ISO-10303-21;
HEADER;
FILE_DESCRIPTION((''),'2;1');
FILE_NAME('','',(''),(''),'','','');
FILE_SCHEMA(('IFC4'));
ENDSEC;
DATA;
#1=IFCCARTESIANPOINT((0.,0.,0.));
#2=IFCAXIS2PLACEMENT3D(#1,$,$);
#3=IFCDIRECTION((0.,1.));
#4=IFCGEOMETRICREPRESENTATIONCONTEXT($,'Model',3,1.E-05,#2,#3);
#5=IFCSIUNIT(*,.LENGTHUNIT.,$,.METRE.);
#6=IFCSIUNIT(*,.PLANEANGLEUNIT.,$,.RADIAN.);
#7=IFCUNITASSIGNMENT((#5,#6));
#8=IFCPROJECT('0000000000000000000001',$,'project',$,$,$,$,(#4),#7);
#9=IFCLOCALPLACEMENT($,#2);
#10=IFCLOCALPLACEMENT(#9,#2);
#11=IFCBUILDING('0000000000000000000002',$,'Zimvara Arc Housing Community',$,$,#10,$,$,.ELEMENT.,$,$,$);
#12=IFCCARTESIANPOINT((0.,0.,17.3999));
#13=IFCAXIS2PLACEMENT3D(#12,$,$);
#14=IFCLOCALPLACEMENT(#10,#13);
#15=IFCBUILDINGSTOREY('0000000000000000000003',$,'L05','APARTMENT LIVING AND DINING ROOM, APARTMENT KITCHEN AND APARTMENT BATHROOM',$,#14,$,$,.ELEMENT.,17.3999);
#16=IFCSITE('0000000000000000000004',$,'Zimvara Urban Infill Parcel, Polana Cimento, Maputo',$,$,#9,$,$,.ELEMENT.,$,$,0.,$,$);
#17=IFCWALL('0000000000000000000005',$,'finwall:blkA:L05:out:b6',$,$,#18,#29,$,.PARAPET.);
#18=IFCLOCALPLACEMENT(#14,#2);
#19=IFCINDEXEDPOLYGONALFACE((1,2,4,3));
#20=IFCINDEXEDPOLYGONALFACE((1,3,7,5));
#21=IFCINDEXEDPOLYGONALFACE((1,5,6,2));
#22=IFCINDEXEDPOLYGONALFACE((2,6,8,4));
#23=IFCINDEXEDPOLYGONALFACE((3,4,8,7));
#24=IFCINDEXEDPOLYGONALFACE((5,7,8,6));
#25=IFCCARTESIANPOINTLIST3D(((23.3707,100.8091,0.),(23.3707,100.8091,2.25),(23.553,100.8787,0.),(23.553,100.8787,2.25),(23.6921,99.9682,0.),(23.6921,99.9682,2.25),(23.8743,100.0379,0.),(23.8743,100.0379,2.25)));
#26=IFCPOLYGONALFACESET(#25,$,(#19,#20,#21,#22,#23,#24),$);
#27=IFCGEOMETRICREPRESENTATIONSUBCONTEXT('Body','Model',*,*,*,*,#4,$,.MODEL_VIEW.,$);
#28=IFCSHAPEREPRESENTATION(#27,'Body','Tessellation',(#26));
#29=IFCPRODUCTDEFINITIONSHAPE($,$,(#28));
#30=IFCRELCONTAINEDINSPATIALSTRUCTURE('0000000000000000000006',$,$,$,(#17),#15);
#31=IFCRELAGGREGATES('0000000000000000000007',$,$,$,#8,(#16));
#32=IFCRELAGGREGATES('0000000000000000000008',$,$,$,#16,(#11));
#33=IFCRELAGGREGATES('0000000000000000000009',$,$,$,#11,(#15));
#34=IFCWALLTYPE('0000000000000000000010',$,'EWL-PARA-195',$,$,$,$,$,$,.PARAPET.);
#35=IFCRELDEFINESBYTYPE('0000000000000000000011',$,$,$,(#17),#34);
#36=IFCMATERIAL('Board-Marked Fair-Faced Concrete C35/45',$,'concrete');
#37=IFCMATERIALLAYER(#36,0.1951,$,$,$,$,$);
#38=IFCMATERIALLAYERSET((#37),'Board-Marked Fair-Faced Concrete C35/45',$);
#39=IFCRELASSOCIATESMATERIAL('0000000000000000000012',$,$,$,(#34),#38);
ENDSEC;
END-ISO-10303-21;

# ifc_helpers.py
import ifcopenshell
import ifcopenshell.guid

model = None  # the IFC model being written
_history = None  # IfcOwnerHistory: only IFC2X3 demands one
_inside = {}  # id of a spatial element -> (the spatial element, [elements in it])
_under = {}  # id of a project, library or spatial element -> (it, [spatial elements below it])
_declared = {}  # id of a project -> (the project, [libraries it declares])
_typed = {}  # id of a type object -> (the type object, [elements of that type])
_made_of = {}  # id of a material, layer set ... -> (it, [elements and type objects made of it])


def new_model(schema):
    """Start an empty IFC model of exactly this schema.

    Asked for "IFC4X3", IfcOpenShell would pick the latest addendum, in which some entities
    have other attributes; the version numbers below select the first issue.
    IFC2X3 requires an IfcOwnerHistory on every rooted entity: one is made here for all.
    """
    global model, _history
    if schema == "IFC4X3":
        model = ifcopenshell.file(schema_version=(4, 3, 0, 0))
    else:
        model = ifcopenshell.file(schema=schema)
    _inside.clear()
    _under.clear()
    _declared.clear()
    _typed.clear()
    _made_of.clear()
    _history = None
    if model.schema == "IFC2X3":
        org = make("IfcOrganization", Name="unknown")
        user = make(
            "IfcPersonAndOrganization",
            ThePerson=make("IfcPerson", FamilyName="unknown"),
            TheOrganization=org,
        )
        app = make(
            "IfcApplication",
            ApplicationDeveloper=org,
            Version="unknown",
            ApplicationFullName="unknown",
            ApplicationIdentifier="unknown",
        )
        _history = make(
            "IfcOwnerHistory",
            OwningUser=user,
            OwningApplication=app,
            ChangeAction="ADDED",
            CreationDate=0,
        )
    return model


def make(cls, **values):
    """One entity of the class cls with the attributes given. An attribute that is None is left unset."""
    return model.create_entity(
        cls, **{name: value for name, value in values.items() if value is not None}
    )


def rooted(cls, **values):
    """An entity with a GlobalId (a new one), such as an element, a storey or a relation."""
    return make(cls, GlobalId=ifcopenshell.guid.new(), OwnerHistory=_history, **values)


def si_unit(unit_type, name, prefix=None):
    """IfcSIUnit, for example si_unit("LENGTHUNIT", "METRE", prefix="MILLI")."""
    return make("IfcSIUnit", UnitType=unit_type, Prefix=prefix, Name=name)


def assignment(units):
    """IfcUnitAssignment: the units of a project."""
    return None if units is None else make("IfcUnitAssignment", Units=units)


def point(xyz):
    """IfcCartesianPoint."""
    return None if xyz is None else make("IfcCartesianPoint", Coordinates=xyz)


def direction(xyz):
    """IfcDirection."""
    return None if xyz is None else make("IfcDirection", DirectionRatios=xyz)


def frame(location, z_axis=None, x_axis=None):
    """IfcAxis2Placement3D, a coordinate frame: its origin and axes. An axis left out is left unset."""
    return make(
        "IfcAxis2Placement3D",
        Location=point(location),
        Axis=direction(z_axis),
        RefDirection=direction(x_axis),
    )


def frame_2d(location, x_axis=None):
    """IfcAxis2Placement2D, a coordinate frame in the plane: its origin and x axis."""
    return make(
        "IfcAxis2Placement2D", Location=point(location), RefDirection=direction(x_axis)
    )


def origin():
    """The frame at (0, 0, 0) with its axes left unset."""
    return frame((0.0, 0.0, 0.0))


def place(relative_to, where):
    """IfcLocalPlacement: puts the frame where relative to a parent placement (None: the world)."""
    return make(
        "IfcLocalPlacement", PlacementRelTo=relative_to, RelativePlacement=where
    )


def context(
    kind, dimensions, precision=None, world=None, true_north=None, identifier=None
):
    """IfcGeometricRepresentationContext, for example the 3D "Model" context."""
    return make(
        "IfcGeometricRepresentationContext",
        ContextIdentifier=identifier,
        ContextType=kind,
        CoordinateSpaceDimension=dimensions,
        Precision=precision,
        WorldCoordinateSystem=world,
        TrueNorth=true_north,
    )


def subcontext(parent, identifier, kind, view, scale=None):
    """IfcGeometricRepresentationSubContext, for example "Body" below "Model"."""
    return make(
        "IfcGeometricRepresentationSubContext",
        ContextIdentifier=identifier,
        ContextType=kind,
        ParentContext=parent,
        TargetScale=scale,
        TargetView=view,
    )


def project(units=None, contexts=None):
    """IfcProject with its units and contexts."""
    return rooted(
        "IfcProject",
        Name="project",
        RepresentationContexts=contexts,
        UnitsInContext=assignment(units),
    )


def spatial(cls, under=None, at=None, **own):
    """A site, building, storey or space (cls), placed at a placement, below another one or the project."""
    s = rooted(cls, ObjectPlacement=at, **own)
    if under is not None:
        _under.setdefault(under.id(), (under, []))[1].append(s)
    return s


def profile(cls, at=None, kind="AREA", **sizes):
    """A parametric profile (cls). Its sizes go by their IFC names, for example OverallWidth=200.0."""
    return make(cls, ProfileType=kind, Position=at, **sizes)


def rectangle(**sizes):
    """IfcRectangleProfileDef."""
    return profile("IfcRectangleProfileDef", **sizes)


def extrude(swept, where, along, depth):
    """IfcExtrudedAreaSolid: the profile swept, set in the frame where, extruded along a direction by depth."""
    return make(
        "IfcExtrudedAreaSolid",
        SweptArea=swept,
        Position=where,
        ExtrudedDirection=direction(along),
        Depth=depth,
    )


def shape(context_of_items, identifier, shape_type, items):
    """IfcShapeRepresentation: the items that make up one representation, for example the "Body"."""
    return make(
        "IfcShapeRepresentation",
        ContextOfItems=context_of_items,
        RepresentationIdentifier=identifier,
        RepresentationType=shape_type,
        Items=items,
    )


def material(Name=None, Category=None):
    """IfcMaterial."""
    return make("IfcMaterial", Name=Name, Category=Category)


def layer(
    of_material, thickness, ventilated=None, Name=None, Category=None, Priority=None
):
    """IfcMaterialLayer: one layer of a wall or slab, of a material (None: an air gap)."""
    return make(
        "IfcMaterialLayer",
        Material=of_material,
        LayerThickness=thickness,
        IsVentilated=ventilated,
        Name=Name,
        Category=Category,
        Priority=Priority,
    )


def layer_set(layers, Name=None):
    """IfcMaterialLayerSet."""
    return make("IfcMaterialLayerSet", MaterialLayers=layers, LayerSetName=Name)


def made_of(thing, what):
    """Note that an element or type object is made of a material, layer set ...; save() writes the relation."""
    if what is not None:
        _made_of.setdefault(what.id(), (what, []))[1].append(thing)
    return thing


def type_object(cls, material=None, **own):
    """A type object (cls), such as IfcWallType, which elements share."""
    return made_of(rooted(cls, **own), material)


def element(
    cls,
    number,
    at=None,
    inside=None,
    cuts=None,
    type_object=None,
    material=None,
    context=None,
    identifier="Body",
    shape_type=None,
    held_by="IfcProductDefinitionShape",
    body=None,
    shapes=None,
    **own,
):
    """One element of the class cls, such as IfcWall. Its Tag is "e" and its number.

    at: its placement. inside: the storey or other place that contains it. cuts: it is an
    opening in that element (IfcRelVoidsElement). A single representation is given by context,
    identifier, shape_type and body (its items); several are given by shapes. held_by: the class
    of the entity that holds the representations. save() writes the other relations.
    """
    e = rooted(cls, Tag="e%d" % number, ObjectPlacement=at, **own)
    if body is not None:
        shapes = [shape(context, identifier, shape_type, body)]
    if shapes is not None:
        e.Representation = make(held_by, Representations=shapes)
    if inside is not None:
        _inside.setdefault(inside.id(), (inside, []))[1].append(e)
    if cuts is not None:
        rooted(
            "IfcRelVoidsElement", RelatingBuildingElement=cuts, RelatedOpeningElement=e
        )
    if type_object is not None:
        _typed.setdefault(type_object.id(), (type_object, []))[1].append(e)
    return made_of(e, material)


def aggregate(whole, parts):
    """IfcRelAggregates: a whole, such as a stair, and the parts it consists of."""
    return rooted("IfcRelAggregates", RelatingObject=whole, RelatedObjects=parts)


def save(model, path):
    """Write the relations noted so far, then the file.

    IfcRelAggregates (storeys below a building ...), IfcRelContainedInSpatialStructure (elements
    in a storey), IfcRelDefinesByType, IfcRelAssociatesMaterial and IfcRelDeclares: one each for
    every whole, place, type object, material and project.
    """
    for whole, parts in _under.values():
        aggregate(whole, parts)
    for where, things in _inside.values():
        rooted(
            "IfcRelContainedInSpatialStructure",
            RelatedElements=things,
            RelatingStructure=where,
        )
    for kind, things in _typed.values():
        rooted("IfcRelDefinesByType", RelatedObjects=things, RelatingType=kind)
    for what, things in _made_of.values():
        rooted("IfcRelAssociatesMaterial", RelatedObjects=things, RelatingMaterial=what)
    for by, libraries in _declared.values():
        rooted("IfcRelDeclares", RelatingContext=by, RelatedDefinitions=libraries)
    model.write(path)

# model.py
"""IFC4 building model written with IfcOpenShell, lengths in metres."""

from ifc_helpers import new_model, si_unit, direction, frame, frame_2d, origin, place, context, subcontext, project, spatial, rectangle, extrude, material, layer, layer_set, type_object, element, save


model = new_model("IFC4")

# Units and contexts
model_context = context("Model", 3, precision=1e-05, world=origin(), true_north=direction((0.0, 1.0)))
body_context = subcontext(model_context, "Body", "Model", "MODEL_VIEW")
ifc_project = project(units=[si_unit("LENGTHUNIT", "METRE"), si_unit("PLANEANGLEUNIT", "RADIAN")], contexts=[model_context])

# Site, building, storey
site_placement = place(None, origin())
site = spatial("IfcSite", under=ifc_project, at=site_placement, Name="Zimvara Urban Infill Parcel, Polana Cimento, Maputo", CompositionType="ELEMENT", RefElevation=0.0)
building_placement = place(site_placement, origin())
building = spatial("IfcBuilding", under=site, at=building_placement, Name="Zimvara Arc Housing Community", CompositionType="ELEMENT")
storey_placement = place(building_placement, frame((0.0, 0.0, 17.3999)))
storey = spatial("IfcBuildingStorey", under=building, at=storey_placement, Name="L05", Description="APARTMENT LIVING AND DINING ROOM, APARTMENT KITCHEN AND APARTMENT BATHROOM", CompositionType="ELEMENT", Elevation=17.3999)

# Wall
ifc_material_1 = material(Name="Board-Marked Fair-Faced Concrete C35/45", Category="concrete")
ifc_layer_1 = layer(ifc_material_1, 0.1951)
ifc_layer_set_1 = layer_set([ifc_layer_1], Name="Board-Marked Fair-Faced Concrete C35/45")
wall_type = type_object("IfcWallType", Name="EWL-PARA-195", PredefinedType="PARAPET", material=ifc_layer_set_1)
wall_placement = place(storey_placement, frame((23.7832, 100.0029, 0.0), z_axis=(0.0, 0.0, 1.0), x_axis=(-0.356943, 0.934126, 0.0)))
element("IfcWall", 1, at=wall_placement, inside=storey, type_object=wall_type, Name="finwall:blkA:L05:out:b6", PredefinedType="PARAPET", context=body_context, shape_type="SweptSolid", body=[
    extrude(rectangle(XDim=0.9001, YDim=0.1951, at=frame_2d((0.4502, 0.0))), origin(), (0.0, 0.0, 1.0), 2.25),
])

save(model, "model.ifc")
